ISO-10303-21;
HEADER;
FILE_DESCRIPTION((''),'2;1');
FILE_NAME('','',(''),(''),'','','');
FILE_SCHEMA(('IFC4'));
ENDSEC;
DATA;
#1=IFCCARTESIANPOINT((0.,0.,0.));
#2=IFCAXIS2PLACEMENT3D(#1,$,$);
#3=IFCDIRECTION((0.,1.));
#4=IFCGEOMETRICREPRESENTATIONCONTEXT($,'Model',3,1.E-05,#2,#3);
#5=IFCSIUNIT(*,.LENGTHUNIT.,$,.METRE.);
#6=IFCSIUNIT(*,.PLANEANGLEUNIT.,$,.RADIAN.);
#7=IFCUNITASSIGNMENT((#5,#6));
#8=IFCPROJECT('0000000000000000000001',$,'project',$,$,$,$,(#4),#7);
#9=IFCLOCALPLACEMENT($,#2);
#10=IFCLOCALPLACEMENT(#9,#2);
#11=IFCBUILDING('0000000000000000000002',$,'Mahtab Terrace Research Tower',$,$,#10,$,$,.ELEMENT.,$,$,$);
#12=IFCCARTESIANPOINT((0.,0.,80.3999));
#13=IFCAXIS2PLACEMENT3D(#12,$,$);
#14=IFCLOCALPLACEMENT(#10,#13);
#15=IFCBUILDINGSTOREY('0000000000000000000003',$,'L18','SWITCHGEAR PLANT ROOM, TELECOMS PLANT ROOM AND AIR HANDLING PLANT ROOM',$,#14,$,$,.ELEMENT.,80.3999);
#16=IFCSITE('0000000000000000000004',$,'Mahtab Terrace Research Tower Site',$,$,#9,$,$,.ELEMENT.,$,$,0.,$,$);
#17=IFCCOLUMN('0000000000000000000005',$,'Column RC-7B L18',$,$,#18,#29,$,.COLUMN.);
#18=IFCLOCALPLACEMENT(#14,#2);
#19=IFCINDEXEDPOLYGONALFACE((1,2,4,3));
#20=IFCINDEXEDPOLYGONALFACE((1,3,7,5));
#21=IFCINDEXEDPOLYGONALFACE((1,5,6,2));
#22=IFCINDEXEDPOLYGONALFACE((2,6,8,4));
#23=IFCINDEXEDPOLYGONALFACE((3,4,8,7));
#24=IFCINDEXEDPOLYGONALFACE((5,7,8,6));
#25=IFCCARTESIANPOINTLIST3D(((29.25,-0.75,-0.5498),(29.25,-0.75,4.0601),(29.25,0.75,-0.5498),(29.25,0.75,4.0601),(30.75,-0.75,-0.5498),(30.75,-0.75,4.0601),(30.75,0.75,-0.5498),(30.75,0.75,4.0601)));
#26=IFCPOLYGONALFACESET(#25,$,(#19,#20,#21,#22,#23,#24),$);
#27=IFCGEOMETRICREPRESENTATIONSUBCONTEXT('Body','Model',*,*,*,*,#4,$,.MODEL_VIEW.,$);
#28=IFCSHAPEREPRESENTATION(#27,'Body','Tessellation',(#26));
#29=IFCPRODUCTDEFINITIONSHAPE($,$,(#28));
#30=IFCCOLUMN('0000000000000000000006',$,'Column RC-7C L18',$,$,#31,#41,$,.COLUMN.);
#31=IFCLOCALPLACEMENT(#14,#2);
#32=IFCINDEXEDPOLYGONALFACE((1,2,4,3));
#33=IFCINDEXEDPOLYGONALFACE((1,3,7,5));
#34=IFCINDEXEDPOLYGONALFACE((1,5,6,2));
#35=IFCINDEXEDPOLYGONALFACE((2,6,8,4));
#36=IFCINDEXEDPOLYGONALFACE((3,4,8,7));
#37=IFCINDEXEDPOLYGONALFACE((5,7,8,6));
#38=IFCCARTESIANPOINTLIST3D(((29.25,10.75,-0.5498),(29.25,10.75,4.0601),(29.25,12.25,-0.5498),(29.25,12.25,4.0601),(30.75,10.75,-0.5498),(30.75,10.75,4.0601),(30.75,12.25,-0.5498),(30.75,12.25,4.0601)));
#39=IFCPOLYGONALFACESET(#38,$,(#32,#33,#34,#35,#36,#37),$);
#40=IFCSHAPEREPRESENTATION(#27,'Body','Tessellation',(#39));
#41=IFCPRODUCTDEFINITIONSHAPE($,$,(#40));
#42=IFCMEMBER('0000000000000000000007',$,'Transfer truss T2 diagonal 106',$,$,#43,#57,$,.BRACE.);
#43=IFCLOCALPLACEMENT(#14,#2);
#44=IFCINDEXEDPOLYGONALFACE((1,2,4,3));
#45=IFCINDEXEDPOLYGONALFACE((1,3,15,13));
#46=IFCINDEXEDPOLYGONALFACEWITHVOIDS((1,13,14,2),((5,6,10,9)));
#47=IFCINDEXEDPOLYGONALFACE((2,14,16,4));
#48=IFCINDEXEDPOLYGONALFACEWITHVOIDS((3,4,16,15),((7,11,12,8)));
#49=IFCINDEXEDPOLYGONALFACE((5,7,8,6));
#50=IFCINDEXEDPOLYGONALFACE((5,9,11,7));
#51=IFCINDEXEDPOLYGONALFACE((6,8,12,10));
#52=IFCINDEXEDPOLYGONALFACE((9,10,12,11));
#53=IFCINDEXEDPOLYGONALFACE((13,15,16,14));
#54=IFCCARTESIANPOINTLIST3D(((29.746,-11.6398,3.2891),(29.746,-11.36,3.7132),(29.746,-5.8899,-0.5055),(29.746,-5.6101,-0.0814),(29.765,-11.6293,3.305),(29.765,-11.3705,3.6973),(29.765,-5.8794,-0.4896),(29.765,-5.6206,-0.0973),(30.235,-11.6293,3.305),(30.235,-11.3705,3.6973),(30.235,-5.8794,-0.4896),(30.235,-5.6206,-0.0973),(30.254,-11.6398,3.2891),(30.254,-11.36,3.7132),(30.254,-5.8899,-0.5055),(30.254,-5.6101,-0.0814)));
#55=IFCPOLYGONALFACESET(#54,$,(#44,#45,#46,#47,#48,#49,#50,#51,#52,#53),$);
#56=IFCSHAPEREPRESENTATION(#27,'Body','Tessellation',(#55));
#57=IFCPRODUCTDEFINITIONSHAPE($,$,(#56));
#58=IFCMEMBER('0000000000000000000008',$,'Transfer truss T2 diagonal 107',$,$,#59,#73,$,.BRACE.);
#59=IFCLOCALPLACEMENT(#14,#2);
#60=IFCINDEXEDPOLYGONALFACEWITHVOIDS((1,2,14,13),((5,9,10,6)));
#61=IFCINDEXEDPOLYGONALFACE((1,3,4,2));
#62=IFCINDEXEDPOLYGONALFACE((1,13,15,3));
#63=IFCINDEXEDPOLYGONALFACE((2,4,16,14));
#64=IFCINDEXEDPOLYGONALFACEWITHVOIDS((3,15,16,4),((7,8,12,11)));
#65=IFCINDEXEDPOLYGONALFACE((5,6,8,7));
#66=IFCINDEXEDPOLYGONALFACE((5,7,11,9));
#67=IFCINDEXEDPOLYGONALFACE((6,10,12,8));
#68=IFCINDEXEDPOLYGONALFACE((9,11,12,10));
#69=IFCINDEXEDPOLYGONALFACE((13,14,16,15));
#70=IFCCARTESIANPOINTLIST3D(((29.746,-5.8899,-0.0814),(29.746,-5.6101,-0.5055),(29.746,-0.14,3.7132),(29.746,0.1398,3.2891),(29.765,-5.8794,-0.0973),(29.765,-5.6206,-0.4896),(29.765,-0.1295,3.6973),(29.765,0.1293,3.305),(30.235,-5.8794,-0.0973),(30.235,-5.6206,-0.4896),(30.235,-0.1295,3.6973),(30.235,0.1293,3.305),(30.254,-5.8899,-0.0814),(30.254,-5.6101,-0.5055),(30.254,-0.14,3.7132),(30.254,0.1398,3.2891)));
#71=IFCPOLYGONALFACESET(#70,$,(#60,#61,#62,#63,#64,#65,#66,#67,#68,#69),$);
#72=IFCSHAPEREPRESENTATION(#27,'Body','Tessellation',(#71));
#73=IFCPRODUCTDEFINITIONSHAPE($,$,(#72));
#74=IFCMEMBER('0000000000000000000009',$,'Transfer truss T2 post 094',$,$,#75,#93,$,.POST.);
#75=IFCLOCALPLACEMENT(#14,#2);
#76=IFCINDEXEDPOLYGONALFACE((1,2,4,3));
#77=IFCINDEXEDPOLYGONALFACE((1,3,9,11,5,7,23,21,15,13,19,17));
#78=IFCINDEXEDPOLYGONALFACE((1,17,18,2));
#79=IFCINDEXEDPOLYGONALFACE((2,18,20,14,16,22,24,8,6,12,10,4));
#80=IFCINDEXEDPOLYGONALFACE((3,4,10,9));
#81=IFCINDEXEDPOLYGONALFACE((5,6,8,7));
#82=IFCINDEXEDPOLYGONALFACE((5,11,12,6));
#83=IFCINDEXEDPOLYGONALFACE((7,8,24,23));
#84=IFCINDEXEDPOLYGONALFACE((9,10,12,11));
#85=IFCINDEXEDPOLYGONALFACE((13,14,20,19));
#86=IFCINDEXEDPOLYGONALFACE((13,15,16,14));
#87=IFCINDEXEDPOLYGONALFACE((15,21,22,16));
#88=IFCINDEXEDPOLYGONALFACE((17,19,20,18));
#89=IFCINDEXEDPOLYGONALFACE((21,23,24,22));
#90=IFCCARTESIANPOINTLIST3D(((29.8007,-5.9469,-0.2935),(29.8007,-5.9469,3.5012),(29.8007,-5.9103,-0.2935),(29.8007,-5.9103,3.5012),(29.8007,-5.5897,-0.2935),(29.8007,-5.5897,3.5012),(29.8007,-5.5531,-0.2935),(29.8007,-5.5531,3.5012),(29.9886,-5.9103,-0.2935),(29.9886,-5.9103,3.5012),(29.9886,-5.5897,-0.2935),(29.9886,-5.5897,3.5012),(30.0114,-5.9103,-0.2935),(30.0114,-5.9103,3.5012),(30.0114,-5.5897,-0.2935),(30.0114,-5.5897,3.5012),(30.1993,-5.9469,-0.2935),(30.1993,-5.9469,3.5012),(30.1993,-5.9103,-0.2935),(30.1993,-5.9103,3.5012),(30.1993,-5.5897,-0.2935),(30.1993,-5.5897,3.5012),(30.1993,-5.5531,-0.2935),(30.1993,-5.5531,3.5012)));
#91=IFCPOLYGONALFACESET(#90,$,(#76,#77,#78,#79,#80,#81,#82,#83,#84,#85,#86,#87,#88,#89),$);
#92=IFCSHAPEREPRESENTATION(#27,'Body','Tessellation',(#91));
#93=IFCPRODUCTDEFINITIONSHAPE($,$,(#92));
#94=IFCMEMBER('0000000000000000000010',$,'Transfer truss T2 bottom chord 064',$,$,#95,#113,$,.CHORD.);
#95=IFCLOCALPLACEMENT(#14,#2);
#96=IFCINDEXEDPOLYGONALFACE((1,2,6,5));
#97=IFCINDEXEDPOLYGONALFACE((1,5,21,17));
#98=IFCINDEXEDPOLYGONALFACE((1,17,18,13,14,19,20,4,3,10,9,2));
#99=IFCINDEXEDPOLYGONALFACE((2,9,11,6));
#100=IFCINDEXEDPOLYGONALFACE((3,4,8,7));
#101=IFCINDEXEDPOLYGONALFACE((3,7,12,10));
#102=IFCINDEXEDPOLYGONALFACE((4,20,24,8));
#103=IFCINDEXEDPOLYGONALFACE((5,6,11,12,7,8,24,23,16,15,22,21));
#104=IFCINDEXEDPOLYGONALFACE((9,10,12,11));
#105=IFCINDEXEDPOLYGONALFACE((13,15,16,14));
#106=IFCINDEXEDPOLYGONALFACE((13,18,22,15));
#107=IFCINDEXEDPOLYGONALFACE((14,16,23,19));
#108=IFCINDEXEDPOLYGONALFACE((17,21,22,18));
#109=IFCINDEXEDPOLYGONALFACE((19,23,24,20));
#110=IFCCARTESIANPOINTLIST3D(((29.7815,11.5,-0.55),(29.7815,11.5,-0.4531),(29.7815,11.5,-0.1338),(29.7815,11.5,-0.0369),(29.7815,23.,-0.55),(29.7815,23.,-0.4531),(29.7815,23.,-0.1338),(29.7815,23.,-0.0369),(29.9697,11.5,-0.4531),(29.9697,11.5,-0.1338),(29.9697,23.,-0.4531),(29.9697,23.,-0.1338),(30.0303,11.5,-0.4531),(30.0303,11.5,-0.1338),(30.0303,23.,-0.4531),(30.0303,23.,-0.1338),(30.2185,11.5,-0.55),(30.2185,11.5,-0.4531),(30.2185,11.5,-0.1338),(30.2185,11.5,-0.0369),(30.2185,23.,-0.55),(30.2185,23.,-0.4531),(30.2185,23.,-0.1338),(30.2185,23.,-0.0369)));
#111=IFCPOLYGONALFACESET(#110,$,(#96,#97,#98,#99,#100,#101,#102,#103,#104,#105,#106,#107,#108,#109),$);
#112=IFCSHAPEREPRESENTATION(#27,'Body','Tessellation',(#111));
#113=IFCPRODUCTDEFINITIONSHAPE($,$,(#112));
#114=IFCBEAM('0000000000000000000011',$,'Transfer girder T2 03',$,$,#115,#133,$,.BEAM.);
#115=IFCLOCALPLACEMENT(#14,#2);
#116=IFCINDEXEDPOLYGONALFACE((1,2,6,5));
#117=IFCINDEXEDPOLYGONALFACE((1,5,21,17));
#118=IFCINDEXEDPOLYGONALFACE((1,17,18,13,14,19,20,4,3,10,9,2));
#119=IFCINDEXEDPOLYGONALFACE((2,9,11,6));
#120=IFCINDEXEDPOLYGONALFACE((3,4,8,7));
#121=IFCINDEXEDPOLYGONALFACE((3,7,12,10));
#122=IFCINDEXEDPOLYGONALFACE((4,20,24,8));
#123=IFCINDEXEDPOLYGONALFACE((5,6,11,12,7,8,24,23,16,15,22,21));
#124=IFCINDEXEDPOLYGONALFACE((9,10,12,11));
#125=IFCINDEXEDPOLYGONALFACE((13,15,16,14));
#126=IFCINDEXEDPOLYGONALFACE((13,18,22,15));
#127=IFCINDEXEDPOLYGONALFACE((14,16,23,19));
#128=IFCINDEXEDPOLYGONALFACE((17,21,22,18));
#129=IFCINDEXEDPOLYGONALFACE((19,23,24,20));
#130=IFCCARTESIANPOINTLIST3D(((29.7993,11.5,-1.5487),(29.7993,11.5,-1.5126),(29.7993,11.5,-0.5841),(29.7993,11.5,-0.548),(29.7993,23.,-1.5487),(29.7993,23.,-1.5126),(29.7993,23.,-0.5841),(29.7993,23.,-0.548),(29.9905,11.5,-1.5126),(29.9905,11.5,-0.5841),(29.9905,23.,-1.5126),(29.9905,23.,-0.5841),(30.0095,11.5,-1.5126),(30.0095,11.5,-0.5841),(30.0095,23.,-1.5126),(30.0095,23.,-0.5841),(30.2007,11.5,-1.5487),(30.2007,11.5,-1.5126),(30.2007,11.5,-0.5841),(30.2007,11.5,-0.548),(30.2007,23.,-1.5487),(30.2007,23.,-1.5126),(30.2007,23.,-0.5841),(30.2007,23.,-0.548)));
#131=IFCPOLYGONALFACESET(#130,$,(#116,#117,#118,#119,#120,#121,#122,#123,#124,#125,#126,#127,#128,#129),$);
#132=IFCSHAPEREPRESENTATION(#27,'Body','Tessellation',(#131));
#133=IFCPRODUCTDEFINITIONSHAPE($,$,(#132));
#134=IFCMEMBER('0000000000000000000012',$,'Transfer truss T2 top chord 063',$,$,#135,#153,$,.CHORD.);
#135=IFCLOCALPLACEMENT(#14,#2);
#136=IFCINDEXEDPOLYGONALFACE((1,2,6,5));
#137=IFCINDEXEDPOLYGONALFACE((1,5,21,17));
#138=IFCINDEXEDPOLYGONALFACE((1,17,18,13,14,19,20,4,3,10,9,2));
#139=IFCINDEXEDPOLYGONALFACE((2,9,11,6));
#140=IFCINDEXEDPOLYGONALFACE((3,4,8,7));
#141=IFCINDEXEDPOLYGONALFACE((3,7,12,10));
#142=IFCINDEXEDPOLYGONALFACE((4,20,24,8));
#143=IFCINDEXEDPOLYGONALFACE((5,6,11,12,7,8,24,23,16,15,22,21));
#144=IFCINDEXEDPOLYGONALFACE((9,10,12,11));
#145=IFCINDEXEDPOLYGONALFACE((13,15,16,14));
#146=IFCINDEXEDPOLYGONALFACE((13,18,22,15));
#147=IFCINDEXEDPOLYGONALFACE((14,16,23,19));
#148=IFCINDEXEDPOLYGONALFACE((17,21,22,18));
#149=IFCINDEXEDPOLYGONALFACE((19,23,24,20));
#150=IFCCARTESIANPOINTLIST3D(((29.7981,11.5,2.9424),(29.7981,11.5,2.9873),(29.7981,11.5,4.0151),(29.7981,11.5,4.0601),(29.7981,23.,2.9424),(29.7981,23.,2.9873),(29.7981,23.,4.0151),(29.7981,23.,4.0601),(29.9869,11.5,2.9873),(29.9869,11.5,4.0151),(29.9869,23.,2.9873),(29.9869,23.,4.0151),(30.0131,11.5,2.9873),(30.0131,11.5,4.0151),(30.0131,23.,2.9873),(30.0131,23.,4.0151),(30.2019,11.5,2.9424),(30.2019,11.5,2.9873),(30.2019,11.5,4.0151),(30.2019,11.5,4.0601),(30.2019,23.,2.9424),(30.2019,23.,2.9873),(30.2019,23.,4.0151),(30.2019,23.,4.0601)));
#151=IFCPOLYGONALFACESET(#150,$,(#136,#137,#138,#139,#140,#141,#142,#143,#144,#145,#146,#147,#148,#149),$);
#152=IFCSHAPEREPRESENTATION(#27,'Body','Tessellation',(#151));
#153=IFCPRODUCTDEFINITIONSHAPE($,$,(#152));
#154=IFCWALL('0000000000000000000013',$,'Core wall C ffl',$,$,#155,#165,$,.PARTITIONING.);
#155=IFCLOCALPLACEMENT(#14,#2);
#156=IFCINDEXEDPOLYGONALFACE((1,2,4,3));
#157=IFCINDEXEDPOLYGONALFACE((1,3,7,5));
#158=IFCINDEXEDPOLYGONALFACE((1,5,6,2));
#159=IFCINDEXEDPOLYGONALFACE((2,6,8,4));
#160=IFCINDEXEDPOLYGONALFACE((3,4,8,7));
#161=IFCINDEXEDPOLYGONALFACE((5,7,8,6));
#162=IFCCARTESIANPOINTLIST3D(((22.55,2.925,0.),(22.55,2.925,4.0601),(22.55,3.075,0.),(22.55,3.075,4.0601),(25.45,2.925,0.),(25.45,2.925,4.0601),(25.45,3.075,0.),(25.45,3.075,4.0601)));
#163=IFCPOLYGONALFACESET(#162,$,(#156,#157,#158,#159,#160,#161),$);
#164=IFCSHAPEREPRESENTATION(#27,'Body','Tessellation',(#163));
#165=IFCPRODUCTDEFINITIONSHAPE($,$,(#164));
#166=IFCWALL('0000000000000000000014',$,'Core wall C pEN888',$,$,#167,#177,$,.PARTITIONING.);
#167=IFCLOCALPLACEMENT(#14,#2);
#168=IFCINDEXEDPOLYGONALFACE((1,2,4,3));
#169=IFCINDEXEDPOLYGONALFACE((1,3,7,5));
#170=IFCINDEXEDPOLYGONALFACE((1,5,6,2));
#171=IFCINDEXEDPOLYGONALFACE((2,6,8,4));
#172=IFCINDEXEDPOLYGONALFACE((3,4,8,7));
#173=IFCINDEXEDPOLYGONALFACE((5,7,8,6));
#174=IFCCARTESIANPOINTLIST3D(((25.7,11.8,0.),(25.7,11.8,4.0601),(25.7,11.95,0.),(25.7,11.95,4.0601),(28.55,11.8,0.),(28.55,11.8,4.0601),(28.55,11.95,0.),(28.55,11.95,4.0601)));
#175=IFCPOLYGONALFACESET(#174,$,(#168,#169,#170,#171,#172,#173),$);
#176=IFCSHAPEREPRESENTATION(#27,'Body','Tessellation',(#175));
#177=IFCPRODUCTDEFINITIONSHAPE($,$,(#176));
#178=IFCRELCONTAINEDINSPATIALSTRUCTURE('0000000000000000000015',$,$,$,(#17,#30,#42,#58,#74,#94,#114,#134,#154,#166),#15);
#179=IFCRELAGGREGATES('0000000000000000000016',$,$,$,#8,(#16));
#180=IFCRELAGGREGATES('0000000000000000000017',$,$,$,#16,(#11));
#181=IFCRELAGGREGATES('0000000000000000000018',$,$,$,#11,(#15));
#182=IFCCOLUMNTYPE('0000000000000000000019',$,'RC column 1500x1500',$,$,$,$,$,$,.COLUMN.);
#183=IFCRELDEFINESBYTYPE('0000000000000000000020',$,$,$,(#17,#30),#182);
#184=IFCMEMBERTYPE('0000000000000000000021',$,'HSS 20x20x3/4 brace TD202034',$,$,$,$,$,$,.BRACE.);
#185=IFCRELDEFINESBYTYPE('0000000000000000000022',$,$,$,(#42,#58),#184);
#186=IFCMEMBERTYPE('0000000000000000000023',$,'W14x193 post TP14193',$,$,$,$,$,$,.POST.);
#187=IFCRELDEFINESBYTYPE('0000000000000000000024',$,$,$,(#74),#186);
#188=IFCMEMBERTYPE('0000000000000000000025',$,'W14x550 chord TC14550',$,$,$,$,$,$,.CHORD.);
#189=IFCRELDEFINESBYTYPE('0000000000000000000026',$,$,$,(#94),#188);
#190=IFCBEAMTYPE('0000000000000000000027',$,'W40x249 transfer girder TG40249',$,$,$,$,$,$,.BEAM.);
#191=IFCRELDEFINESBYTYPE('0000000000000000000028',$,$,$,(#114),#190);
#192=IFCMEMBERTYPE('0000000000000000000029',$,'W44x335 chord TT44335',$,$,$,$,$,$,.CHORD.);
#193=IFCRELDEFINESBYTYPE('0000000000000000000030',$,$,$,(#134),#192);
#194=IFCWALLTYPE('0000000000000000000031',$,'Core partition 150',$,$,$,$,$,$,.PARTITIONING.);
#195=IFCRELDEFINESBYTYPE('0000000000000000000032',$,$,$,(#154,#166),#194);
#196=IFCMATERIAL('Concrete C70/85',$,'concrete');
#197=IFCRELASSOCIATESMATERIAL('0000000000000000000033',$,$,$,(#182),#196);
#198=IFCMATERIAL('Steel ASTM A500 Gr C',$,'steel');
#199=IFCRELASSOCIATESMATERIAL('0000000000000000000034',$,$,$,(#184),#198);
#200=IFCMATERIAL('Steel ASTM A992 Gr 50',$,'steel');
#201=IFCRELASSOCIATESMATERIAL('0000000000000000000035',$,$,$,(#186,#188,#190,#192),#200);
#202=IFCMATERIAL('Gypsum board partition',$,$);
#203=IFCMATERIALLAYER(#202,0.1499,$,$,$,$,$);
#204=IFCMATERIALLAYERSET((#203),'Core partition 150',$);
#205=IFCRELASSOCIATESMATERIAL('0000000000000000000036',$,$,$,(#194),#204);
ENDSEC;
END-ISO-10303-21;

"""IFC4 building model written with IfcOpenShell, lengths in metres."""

from ifc_helpers import new_model, si_unit, direction, frame, frame_2d, origin, origin_2d, place, context, subcontext, project, spatial, rectangle, hollow_rectangle, i_section, extrude, material, layer, layer_set, material_profile, profile_set, type_object, element, save


model = new_model("IFC4")

# Units and contexts
model_context = context("Model", 3, precision=1e-05, world=origin(), true_north=direction((0.0, 1.0)))
body_context = subcontext(model_context, "Body", "Model", "MODEL_VIEW")
ifc_project = project(units=[si_unit("LENGTHUNIT", "METRE"), si_unit("PLANEANGLEUNIT", "RADIAN")], contexts=[model_context])

# Site, building, storey
site_placement = place(None, origin())
site = spatial("IfcSite", under=ifc_project, at=site_placement, Name="Mahtab Terrace Research Tower Site", CompositionType="ELEMENT", RefElevation=0.0)
building_placement = place(site_placement, origin())
building = spatial("IfcBuilding", under=site, at=building_placement, Name="Mahtab Terrace Research Tower", CompositionType="ELEMENT")
storey_placement = place(building_placement, frame((0.0, 0.0, 80.3999)))
storey = spatial("IfcBuildingStorey", under=building, at=storey_placement, Name="L18", Description="SWITCHGEAR PLANT ROOM, TELECOMS PLANT ROOM AND AIR HANDLING PLANT ROOM", CompositionType="ELEMENT", Elevation=80.3999)

# Columns
ifc_material_1 = material(Name="Concrete C70/85", Category="concrete")
ifc_material_profile_1 = material_profile(ifc_material_1, rectangle(XDim=1.5, YDim=1.5, at=origin_2d()), Name="RC column 1500x1500")
ifc_profile_set_1 = profile_set([ifc_material_profile_1], Name="Concrete C70/85")
column_type = type_object("IfcColumnType", Name="RC column 1500x1500", PredefinedType="COLUMN", material=ifc_profile_set_1)
for number, where, z_axis, x_axis, name in (
    (1, (30.0, 0.0, -0.5498), (0.0, 0.0, 1.0), (1.0, 0.0, 0.0), "Column RC-7B L18"),
    (2, (30.0, 11.5, -0.5498), (0.0, 0.0, 1.0), (1.0, 0.0, 0.0), "Column RC-7C L18"),
):
    element("IfcColumn", number, at=place(storey_placement, frame(where, z_axis=z_axis, x_axis=x_axis)), inside=storey, type_object=column_type, Name=name, PredefinedType="COLUMN", context=body_context, shape_type="SweptSolid", body=[
        extrude(rectangle(XDim=1.5, YDim=1.5, at=origin_2d()), origin(), (0.0, 0.0, 1.0), 4.6099),
    ])

# Members
ifc_material_2 = material(Name="Steel ASTM A500 Gr C", Category="steel")
ifc_material_profile_2 = material_profile(ifc_material_2, hollow_rectangle(XDim=0.5081, YDim=0.5081, WallThickness=0.019, at=origin_2d()), Name="HSS20X20X3/4")
ifc_profile_set_2 = profile_set([ifc_material_profile_2], Name="Steel ASTM A500 Gr C")
member_type_1 = type_object("IfcMemberType", Name="HSS 20x20x3/4 brace TD202034", PredefinedType="BRACE", material=ifc_profile_set_2)
for number, where, z_axis, x_axis, name in (
    (3, (30.0, -5.75, -0.2935), (0.0, -0.834631, 0.55081), (1.0, 0.0, 0.0), "Transfer truss T2 diagonal 106"),
    (4, (30.0, -5.75, -0.2935), (0.0, 0.834631, 0.55081), (-1.0, 0.0, 0.0), "Transfer truss T2 diagonal 107"),
):
    element("IfcMember", number, at=place(storey_placement, frame(where, z_axis=z_axis, x_axis=x_axis)), inside=storey, type_object=member_type_1, Name=name, PredefinedType="BRACE", context=body_context, shape_type="SweptSolid", body=[
        extrude(hollow_rectangle(XDim=0.5081, YDim=0.5081, WallThickness=0.019, at=origin_2d()), origin(), (0.0, 0.0, 1.0), 6.8892),
    ])
ifc_material_3 = material(Name="Steel ASTM A992 Gr 50", Category="steel")
ifc_material_profile_3 = material_profile(ifc_material_3, i_section(OverallWidth=0.3987, OverallDepth=0.3938, WebThickness=0.0227, FlangeThickness=0.0366, at=origin_2d()), Name="W14X193")
ifc_profile_set_3 = profile_set([ifc_material_profile_3], Name="Steel ASTM A992 Gr 50")
member_type_2 = type_object("IfcMemberType", Name="W14x193 post TP14193", PredefinedType="POST", material=ifc_profile_set_3)
member_1_placement = place(storey_placement, frame((30.0, -5.75, -0.2935), z_axis=(0.0, 0.0, 1.0), x_axis=(1.0, 0.0, 0.0)))
element("IfcMember", 5, at=member_1_placement, inside=storey, type_object=member_type_2, Name="Transfer truss T2 post 094", PredefinedType="POST", context=body_context, shape_type="SweptSolid", body=[
    extrude(i_section(OverallWidth=0.3987, OverallDepth=0.3938, WebThickness=0.0227, FlangeThickness=0.0366, at=origin_2d()), origin(), (0.0, 0.0, 1.0), 3.7947),
])
ifc_material_profile_4 = material_profile(ifc_material_3, i_section(OverallWidth=0.437, OverallDepth=0.5132, WebThickness=0.0605, FlangeThickness=0.0969, at=origin_2d()), Name="W14X550")
ifc_profile_set_4 = profile_set([ifc_material_profile_4], Name="Steel ASTM A992 Gr 50")
member_type_3 = type_object("IfcMemberType", Name="W14x550 chord TC14550", PredefinedType="CHORD", material=ifc_profile_set_4)
member_2_placement = place(storey_placement, frame((30.0, 11.5, -0.2935), z_axis=(0.0, 1.0, 0.0), x_axis=(-1.0, 0.0, 0.0)))
element("IfcMember", 6, at=member_2_placement, inside=storey, type_object=member_type_3, Name="Transfer truss T2 bottom chord 064", PredefinedType="CHORD", context=body_context, shape_type="SweptSolid", body=[
    extrude(i_section(OverallWidth=0.437, OverallDepth=0.5132, WebThickness=0.0605, FlangeThickness=0.0969, at=origin_2d()), origin(), (0.0, 0.0, 1.0), 11.5),
])

# Beam
ifc_material_profile_5 = material_profile(ifc_material_3, i_section(OverallWidth=0.4014, OverallDepth=1.0007, WebThickness=0.019, FlangeThickness=0.0361, at=origin_2d()), Name="W40X249")
ifc_profile_set_5 = profile_set([ifc_material_profile_5], Name="Steel ASTM A992 Gr 50")
beam_type = type_object("IfcBeamType", Name="W40x249 transfer girder TG40249", PredefinedType="BEAM", material=ifc_profile_set_5)
beam_placement = place(storey_placement, frame((30.0, 11.5, -1.0483), z_axis=(0.0, 1.0, 0.0), x_axis=(-1.0, 0.0, 0.0)))
element("IfcBeam", 7, at=beam_placement, inside=storey, type_object=beam_type, Name="Transfer girder T2 03", PredefinedType="BEAM", context=body_context, shape_type="SweptSolid", body=[
    extrude(i_section(OverallWidth=0.4014, OverallDepth=1.0007, WebThickness=0.019, FlangeThickness=0.0361, at=origin_2d()), origin(), (0.0, 0.0, 1.0), 11.5),
])

# Member
ifc_material_profile_6 = material_profile(ifc_material_3, i_section(OverallWidth=0.4038, OverallDepth=1.1177, WebThickness=0.0261, FlangeThickness=0.0449, at=origin_2d()), Name="W44X335")
ifc_profile_set_6 = profile_set([ifc_material_profile_6], Name="Steel ASTM A992 Gr 50")
member_type_4 = type_object("IfcMemberType", Name="W44x335 chord TT44335", PredefinedType="CHORD", material=ifc_profile_set_6)
member_3_placement = place(storey_placement, frame((30.0, 11.5, 3.5012), z_axis=(0.0, 1.0, 0.0), x_axis=(-1.0, 0.0, 0.0)))
element("IfcMember", 8, at=member_3_placement, inside=storey, type_object=member_type_4, Name="Transfer truss T2 top chord 063", PredefinedType="CHORD", context=body_context, shape_type="SweptSolid", body=[
    extrude(i_section(OverallWidth=0.4038, OverallDepth=1.1177, WebThickness=0.0261, FlangeThickness=0.0449, at=origin_2d()), origin(), (0.0, 0.0, 1.0), 11.5),
])

# Walls
ifc_material_4 = material(Name="Gypsum board partition")
ifc_layer_1 = layer(ifc_material_4, 0.1499)
ifc_layer_set_1 = layer_set([ifc_layer_1], Name="Core partition 150")
wall_type_1 = type_object("IfcWallType", Name="Core partition 150", PredefinedType="PARTITIONING", material=ifc_layer_set_1)
wall_1_placement = place(storey_placement, frame((22.55, 3.0, 0.0), z_axis=(0.0, 0.0, 1.0), x_axis=(1.0, 0.0, 0.0)))
element("IfcWall", 9, at=wall_1_placement, inside=storey, type_object=wall_type_1, Name="Core wall C ffl", PredefinedType="PARTITIONING", context=body_context, shape_type="SweptSolid", body=[
    extrude(rectangle(XDim=2.8999, YDim=0.1499, at=frame_2d((1.45, 0.0))), origin(), (0.0, 0.0, 1.0), 4.0601),
])
wall_2_placement = place(storey_placement, frame((25.7, 11.875, 0.0), z_axis=(0.0, 0.0, 1.0), x_axis=(1.0, 0.0, 0.0)))
element("IfcWall", 10, at=wall_2_placement, inside=storey, type_object=wall_type_1, Name="Core wall C pEN888", PredefinedType="PARTITIONING", context=body_context, shape_type="SweptSolid", body=[
    extrude(rectangle(XDim=2.8501, YDim=0.1499, at=frame_2d((1.425, 0.0))), origin(), (0.0, 0.0, 1.0), 4.0601),
])

save(model, "model.ifc")
